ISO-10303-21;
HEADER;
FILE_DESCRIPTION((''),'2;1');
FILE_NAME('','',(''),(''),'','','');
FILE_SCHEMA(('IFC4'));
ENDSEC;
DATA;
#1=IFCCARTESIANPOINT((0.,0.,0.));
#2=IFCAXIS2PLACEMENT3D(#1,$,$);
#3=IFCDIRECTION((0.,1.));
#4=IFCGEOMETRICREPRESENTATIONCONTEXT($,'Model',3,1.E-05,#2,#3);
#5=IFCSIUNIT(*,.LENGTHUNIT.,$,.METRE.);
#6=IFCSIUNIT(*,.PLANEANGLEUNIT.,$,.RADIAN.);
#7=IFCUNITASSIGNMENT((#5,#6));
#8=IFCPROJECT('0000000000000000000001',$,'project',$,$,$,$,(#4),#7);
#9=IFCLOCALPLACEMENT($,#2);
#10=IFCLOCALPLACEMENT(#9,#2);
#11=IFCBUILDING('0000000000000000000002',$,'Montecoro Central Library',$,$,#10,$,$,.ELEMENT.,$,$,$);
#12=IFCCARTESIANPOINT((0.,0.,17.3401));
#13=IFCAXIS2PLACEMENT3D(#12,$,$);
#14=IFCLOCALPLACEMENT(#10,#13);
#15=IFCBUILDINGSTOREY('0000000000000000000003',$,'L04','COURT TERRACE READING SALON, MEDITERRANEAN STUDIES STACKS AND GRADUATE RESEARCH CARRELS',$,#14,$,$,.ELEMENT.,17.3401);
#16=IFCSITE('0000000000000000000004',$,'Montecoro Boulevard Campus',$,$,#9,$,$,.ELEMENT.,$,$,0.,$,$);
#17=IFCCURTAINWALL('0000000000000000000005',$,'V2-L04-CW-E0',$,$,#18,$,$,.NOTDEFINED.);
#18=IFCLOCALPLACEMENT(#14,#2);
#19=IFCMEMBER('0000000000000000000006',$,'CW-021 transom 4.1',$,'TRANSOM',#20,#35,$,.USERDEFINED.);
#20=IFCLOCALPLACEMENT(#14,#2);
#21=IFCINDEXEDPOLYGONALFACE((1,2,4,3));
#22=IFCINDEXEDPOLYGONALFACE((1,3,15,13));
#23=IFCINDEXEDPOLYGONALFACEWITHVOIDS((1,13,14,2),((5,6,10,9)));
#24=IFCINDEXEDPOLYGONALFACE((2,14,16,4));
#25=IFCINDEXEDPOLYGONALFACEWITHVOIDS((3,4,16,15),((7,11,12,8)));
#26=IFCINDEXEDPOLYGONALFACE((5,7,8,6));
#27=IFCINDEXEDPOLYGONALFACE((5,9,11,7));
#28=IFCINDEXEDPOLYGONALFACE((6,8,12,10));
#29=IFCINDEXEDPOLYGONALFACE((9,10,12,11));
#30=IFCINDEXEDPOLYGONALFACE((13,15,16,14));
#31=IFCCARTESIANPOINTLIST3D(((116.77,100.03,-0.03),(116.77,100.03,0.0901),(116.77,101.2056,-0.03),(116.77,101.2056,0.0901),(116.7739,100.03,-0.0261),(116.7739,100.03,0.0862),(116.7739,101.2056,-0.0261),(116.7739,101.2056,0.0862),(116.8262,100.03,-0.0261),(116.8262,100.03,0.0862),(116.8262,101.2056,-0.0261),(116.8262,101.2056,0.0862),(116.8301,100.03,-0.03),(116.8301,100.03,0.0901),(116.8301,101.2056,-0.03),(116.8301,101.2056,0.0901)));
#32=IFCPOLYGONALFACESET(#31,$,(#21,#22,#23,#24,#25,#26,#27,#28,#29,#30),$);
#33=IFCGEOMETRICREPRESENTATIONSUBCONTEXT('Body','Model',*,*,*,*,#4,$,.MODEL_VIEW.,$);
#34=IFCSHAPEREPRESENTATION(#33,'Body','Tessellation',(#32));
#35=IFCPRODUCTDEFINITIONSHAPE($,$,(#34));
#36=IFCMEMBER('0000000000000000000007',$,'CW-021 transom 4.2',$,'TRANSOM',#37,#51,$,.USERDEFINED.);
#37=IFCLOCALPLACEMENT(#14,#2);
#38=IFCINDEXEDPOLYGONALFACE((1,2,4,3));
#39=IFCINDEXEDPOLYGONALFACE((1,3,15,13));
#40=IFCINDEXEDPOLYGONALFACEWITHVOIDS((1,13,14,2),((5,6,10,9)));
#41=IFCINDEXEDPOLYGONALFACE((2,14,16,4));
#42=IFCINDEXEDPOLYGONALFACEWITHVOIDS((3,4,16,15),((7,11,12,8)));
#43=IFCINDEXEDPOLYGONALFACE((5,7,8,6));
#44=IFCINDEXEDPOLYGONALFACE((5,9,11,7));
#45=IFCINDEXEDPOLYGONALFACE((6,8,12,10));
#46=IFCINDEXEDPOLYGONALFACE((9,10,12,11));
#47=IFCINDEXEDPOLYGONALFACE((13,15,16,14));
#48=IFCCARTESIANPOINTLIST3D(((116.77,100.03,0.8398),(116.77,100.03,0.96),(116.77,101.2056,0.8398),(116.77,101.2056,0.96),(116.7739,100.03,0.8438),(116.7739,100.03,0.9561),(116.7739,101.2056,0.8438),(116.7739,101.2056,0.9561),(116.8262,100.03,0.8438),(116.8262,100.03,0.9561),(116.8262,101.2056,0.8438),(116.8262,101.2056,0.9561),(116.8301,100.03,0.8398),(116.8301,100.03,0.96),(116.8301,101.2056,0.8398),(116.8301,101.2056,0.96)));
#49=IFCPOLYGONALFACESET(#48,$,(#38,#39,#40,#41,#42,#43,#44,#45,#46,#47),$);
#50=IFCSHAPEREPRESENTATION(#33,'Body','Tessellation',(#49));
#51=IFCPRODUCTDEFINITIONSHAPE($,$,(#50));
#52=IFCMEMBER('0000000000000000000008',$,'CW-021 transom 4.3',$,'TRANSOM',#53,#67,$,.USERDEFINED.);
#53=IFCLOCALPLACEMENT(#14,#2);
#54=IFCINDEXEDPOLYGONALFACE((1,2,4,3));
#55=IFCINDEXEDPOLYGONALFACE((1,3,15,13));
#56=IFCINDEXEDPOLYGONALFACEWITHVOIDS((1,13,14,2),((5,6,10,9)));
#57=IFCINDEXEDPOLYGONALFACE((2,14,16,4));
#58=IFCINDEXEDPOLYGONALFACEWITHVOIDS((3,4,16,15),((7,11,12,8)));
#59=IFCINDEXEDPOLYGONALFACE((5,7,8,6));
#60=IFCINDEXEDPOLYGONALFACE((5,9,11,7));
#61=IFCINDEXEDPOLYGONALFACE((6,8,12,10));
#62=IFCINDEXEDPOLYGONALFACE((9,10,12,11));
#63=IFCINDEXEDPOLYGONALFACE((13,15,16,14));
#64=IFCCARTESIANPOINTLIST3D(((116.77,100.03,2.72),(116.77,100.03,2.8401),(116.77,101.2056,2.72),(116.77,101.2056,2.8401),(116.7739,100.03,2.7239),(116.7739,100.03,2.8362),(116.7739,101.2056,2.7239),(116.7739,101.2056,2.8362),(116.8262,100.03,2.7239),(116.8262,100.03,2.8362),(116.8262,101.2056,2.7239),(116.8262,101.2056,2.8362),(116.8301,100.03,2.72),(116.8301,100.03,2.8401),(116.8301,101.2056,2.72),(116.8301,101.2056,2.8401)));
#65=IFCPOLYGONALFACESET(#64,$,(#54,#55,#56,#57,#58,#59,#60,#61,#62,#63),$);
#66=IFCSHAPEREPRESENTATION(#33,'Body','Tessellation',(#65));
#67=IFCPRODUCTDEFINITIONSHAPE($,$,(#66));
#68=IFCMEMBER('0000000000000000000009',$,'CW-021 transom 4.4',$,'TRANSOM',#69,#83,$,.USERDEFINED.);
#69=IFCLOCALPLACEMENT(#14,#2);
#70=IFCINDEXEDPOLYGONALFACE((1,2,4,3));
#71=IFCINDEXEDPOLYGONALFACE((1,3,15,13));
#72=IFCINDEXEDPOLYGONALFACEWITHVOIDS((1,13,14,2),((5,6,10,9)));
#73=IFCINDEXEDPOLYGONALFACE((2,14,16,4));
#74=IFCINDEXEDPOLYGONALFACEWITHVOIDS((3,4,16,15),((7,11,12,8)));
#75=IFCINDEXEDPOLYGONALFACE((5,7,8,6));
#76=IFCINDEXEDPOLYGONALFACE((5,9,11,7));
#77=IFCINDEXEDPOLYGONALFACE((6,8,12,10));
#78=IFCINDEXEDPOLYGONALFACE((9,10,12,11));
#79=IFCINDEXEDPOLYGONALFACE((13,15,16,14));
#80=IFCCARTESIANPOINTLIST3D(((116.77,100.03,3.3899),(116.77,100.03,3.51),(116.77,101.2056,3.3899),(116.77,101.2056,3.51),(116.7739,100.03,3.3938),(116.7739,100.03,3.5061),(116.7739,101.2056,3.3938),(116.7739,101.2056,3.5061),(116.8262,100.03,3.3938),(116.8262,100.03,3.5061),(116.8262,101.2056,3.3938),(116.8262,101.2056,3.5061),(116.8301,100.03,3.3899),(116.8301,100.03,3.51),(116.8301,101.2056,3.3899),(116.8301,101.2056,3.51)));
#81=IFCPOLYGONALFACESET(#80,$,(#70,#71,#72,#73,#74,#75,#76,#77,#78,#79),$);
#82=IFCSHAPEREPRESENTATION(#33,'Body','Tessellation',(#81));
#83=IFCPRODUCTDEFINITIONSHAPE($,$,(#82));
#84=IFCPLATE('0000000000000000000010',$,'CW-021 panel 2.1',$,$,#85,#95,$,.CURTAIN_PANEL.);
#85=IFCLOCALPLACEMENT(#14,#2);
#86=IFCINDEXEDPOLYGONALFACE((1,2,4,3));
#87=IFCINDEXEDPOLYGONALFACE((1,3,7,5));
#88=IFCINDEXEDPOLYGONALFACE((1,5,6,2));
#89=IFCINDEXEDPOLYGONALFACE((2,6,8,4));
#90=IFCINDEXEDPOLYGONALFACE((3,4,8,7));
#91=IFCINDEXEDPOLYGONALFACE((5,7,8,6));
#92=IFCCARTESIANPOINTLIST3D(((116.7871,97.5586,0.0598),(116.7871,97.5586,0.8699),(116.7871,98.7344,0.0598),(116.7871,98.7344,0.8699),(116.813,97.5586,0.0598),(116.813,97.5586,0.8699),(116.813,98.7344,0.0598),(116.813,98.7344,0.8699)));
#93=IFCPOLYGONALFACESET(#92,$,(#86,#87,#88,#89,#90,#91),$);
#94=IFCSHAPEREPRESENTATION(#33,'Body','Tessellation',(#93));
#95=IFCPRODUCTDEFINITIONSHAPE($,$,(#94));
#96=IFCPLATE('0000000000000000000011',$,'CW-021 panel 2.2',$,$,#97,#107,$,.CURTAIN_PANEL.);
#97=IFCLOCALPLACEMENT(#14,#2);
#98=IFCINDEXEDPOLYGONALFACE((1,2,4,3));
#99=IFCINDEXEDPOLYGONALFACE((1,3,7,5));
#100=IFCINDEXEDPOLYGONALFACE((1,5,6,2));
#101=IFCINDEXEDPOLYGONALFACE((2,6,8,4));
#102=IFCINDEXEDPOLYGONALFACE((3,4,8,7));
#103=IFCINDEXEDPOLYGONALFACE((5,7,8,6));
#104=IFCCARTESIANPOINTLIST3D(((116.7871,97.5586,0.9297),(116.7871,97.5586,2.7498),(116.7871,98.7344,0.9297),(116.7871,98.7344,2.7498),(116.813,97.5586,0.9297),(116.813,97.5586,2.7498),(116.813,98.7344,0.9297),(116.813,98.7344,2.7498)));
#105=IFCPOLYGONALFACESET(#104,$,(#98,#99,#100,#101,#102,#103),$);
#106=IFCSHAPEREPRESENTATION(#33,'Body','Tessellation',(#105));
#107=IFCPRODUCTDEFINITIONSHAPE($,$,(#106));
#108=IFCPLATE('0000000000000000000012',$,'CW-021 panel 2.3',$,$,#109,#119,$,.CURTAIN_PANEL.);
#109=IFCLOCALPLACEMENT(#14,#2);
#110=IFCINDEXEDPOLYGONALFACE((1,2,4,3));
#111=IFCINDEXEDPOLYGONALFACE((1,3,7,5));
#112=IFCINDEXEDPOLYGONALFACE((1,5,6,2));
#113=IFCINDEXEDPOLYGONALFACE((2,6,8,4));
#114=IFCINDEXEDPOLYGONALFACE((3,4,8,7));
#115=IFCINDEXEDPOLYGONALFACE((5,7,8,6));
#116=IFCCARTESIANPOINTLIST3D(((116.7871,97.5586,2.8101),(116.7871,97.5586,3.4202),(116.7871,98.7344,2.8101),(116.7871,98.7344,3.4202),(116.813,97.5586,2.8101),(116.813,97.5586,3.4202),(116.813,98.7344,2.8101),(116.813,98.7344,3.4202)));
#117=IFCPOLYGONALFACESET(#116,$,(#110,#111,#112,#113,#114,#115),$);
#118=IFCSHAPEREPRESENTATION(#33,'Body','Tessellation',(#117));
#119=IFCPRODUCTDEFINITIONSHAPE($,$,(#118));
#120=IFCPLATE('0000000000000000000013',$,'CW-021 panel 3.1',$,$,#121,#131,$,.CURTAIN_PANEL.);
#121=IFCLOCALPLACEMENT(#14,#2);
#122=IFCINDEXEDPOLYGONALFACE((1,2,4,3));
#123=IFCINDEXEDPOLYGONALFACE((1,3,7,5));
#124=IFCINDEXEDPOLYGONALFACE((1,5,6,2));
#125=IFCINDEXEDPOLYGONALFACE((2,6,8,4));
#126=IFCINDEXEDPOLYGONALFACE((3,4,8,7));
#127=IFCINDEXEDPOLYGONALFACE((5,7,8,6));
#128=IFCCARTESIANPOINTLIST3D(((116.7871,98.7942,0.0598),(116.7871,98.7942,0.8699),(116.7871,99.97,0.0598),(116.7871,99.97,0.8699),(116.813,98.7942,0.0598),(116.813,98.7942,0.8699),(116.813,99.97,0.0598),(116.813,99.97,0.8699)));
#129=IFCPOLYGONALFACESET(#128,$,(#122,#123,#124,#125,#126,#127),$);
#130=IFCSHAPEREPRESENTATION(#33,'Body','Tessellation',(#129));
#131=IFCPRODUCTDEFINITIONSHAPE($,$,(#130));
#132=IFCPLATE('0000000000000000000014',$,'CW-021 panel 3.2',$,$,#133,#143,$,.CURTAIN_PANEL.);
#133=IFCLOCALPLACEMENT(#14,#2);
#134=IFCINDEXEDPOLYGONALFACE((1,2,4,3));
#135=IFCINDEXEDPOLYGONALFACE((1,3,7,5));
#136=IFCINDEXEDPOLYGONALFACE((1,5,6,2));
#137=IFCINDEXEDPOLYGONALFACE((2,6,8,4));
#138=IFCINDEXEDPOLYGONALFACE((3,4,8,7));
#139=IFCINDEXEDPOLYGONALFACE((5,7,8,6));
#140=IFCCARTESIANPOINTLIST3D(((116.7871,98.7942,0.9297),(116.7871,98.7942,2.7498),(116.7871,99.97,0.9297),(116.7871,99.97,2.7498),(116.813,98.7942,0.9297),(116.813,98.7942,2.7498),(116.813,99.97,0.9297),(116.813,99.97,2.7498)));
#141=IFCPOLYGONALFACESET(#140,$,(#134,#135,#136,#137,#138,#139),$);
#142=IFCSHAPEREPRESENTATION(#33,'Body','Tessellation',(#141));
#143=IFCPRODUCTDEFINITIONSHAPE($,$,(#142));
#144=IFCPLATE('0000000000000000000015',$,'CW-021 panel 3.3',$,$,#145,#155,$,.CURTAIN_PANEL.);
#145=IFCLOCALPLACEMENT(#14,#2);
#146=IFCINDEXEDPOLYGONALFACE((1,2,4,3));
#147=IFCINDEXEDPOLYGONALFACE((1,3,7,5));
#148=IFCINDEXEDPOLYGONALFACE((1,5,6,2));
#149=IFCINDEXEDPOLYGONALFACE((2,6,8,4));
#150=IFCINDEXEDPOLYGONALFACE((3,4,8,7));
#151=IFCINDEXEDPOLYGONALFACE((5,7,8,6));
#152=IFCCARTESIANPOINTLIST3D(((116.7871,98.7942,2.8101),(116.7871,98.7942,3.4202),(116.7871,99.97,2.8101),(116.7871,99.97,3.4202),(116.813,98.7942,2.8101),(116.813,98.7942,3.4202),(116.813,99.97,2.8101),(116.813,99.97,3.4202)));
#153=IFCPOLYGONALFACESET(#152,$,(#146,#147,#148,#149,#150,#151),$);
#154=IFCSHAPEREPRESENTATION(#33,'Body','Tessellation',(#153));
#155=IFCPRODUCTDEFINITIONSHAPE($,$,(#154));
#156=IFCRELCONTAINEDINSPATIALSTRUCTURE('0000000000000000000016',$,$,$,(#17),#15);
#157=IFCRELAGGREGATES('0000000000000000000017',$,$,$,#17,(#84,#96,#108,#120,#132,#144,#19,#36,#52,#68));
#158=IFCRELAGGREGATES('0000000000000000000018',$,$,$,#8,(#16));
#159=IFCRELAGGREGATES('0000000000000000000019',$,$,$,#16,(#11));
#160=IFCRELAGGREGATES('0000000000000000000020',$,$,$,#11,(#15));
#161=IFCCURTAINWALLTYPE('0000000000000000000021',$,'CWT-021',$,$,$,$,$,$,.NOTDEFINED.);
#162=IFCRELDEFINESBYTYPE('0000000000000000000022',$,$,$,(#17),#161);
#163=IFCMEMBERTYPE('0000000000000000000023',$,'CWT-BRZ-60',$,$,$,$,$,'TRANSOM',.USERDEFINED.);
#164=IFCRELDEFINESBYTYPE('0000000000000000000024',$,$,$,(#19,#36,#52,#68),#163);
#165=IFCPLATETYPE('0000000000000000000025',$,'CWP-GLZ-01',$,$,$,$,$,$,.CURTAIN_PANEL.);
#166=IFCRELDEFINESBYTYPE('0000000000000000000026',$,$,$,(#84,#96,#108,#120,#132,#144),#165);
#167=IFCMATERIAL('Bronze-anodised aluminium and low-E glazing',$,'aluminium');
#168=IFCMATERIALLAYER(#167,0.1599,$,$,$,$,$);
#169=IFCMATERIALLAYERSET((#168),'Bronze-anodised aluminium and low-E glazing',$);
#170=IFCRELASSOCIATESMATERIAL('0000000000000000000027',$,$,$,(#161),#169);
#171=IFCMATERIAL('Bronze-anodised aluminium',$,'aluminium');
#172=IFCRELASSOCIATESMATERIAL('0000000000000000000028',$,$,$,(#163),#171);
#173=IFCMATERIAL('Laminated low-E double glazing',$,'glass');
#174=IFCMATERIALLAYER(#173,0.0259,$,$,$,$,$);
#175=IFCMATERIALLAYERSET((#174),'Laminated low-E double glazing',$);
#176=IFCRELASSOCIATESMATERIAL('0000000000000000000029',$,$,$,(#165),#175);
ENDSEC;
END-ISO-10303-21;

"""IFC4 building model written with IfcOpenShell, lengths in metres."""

from ifc_helpers import new_model, si_unit, direction, frame, origin, origin_2d, place, context, subcontext, project, spatial, rectangle, hollow_rectangle, extrude, material, layer, layer_set, material_profile, profile_set, type_object, element, aggregate, save


model = new_model("IFC4")

# Units and contexts
model_context = context("Model", 3, precision=1e-05, world=origin(), true_north=direction((0.0, 1.0)))
body_context = subcontext(model_context, "Body", "Model", "MODEL_VIEW")
ifc_project = project(units=[si_unit("LENGTHUNIT", "METRE"), si_unit("PLANEANGLEUNIT", "RADIAN")], contexts=[model_context])

# Site, building, storey
site_placement = place(None, origin())
site = spatial("IfcSite", under=ifc_project, at=site_placement, Name="Montecoro Boulevard Campus", CompositionType="ELEMENT", RefElevation=0.0)
building_placement = place(site_placement, origin())
building = spatial("IfcBuilding", under=site, at=building_placement, Name="Montecoro Central Library", CompositionType="ELEMENT")
storey_placement = place(building_placement, frame((0.0, 0.0, 17.3401)))
storey = spatial("IfcBuildingStorey", under=building, at=storey_placement, Name="L04", Description="COURT TERRACE READING SALON, MEDITERRANEAN STUDIES STACKS AND GRADUATE RESEARCH CARRELS", CompositionType="ELEMENT", Elevation=17.3401)

# Curtain wall, members, plates
ifc_material_1 = material(Name="Bronze-anodised aluminium and low-E glazing", Category="aluminium")
ifc_layer_1 = layer(ifc_material_1, 0.1599)
ifc_layer_set_1 = layer_set([ifc_layer_1], Name="Bronze-anodised aluminium and low-E glazing")
curtain_wall_type = type_object("IfcCurtainWallType", Name="CWT-021", PredefinedType="NOTDEFINED", material=ifc_layer_set_1)
curtain_wall_placement = place(storey_placement, origin())
curtain_wall = element("IfcCurtainWall", 1, at=curtain_wall_placement, inside=storey, type_object=curtain_wall_type, Name="V2-L04-CW-E0", PredefinedType="NOTDEFINED")
ifc_material_2 = material(Name="Bronze-anodised aluminium", Category="aluminium")
ifc_material_profile_1 = material_profile(ifc_material_2, hollow_rectangle(XDim=0.0601, YDim=0.1201, WallThickness=0.0039, at=origin_2d()), Name="CWT 120x60x4.0")
ifc_profile_set_1 = profile_set([ifc_material_profile_1], Name="Bronze-anodised aluminium")
member_type_1 = type_object("IfcMemberType", Name="CWT-BRZ-60", ElementType="TRANSOM", PredefinedType="USERDEFINED", material=ifc_profile_set_1)
member_1_placement = place(storey_placement, frame((116.8, 100.03, 0.03), z_axis=(0.0, 1.0, 0.0), x_axis=(-1.0, 0.0, 0.0)))
member_1 = element("IfcMember", 2, at=member_1_placement, type_object=member_type_1, Name="CW-021 transom 4.1", ObjectType="TRANSOM", PredefinedType="USERDEFINED", context=body_context, shape_type="SweptSolid", body=[
    extrude(hollow_rectangle(XDim=0.0601, YDim=0.1201, WallThickness=0.0039, at=origin_2d()), origin(), (0.0, 0.0, 1.0), 1.1755),
])
member_2_placement = place(storey_placement, frame((116.8, 100.03, 0.8999), z_axis=(0.0, 1.0, 0.0), x_axis=(-1.0, 0.0, 0.0)))
member_2 = element("IfcMember", 3, at=member_2_placement, type_object=member_type_1, Name="CW-021 transom 4.2", ObjectType="TRANSOM", PredefinedType="USERDEFINED", context=body_context, shape_type="SweptSolid", body=[
    extrude(hollow_rectangle(XDim=0.0601, YDim=0.1201, WallThickness=0.0039, at=origin_2d()), origin(), (0.0, 0.0, 1.0), 1.1755),
])
member_3_placement = place(storey_placement, frame((116.8, 100.03, 2.78), z_axis=(0.0, 1.0, 0.0), x_axis=(-1.0, 0.0, 0.0)))
member_3 = element("IfcMember", 4, at=member_3_placement, type_object=member_type_1, Name="CW-021 transom 4.3", ObjectType="TRANSOM", PredefinedType="USERDEFINED", context=body_context, shape_type="SweptSolid", body=[
    extrude(hollow_rectangle(XDim=0.0601, YDim=0.1201, WallThickness=0.0039, at=origin_2d()), origin(), (0.0, 0.0, 1.0), 1.1755),
])
member_4_placement = place(storey_placement, frame((116.8, 100.03, 3.45), z_axis=(0.0, 1.0, 0.0), x_axis=(-1.0, 0.0, 0.0)))
member_4 = element("IfcMember", 5, at=member_4_placement, type_object=member_type_1, Name="CW-021 transom 4.4", ObjectType="TRANSOM", PredefinedType="USERDEFINED", context=body_context, shape_type="SweptSolid", body=[
    extrude(hollow_rectangle(XDim=0.0601, YDim=0.1201, WallThickness=0.0039, at=origin_2d()), origin(), (0.0, 0.0, 1.0), 1.1755),
])
ifc_material_3 = material(Name="Laminated low-E double glazing", Category="glass")
ifc_layer_2 = layer(ifc_material_3, 0.0259)
ifc_layer_set_2 = layer_set([ifc_layer_2], Name="Laminated low-E double glazing")
plate_type = type_object("IfcPlateType", Name="CWP-GLZ-01", PredefinedType="CURTAIN_PANEL", material=ifc_layer_set_2)
plate_1_placement = place(storey_placement, frame((116.8, 98.1465, 0.0598), z_axis=(0.0, 0.0, 1.0), x_axis=(0.0, 1.0, 0.0)))
plate_1 = element("IfcPlate", 6, at=plate_1_placement, type_object=plate_type, Name="CW-021 panel 2.1", PredefinedType="CURTAIN_PANEL", context=body_context, shape_type="SweptSolid", body=[
    extrude(rectangle(XDim=1.1758, YDim=0.0259, at=origin_2d()), origin(), (0.0, 0.0, 1.0), 0.8101),
])
plate_2_placement = place(storey_placement, frame((116.8, 98.1465, 0.9297), z_axis=(0.0, 0.0, 1.0), x_axis=(0.0, 1.0, 0.0)))
plate_2 = element("IfcPlate", 7, at=plate_2_placement, type_object=plate_type, Name="CW-021 panel 2.2", PredefinedType="CURTAIN_PANEL", context=body_context, shape_type="SweptSolid", body=[
    extrude(rectangle(XDim=1.1758, YDim=0.0259, at=origin_2d()), origin(), (0.0, 0.0, 1.0), 1.8201),
])
plate_3_placement = place(storey_placement, frame((116.8, 98.1465, 2.8101), z_axis=(0.0, 0.0, 1.0), x_axis=(0.0, 1.0, 0.0)))
plate_3 = element("IfcPlate", 8, at=plate_3_placement, type_object=plate_type, Name="CW-021 panel 2.3", PredefinedType="CURTAIN_PANEL", context=body_context, shape_type="SweptSolid", body=[
    extrude(rectangle(XDim=1.1758, YDim=0.0259, at=origin_2d()), origin(), (0.0, 0.0, 1.0), 0.6101),
])
plate_4_placement = place(storey_placement, frame((116.8, 99.3821, 0.0598), z_axis=(0.0, 0.0, 1.0), x_axis=(0.0, 1.0, 0.0)))
plate_4 = element("IfcPlate", 9, at=plate_4_placement, type_object=plate_type, Name="CW-021 panel 3.1", PredefinedType="CURTAIN_PANEL", context=body_context, shape_type="SweptSolid", body=[
    extrude(rectangle(XDim=1.1758, YDim=0.0259, at=origin_2d()), origin(), (0.0, 0.0, 1.0), 0.8101),
])
plate_5_placement = place(storey_placement, frame((116.8, 99.3821, 0.9297), z_axis=(0.0, 0.0, 1.0), x_axis=(0.0, 1.0, 0.0)))
plate_5 = element("IfcPlate", 10, at=plate_5_placement, type_object=plate_type, Name="CW-021 panel 3.2", PredefinedType="CURTAIN_PANEL", context=body_context, shape_type="SweptSolid", body=[
    extrude(rectangle(XDim=1.1758, YDim=0.0259, at=origin_2d()), origin(), (0.0, 0.0, 1.0), 1.8201),
])
plate_6_placement = place(storey_placement, frame((116.8, 99.3821, 2.8101), z_axis=(0.0, 0.0, 1.0), x_axis=(0.0, 1.0, 0.0)))
plate_6 = element("IfcPlate", 11, at=plate_6_placement, type_object=plate_type, Name="CW-021 panel 3.3", PredefinedType="CURTAIN_PANEL", context=body_context, shape_type="SweptSolid", body=[
    extrude(rectangle(XDim=1.1758, YDim=0.0259, at=origin_2d()), origin(), (0.0, 0.0, 1.0), 0.6101),
])
aggregate(curtain_wall, [plate_1, plate_2, plate_3, plate_4, plate_5, plate_6, member_1, member_2, member_3, member_4])

save(model, "model.ifc")
